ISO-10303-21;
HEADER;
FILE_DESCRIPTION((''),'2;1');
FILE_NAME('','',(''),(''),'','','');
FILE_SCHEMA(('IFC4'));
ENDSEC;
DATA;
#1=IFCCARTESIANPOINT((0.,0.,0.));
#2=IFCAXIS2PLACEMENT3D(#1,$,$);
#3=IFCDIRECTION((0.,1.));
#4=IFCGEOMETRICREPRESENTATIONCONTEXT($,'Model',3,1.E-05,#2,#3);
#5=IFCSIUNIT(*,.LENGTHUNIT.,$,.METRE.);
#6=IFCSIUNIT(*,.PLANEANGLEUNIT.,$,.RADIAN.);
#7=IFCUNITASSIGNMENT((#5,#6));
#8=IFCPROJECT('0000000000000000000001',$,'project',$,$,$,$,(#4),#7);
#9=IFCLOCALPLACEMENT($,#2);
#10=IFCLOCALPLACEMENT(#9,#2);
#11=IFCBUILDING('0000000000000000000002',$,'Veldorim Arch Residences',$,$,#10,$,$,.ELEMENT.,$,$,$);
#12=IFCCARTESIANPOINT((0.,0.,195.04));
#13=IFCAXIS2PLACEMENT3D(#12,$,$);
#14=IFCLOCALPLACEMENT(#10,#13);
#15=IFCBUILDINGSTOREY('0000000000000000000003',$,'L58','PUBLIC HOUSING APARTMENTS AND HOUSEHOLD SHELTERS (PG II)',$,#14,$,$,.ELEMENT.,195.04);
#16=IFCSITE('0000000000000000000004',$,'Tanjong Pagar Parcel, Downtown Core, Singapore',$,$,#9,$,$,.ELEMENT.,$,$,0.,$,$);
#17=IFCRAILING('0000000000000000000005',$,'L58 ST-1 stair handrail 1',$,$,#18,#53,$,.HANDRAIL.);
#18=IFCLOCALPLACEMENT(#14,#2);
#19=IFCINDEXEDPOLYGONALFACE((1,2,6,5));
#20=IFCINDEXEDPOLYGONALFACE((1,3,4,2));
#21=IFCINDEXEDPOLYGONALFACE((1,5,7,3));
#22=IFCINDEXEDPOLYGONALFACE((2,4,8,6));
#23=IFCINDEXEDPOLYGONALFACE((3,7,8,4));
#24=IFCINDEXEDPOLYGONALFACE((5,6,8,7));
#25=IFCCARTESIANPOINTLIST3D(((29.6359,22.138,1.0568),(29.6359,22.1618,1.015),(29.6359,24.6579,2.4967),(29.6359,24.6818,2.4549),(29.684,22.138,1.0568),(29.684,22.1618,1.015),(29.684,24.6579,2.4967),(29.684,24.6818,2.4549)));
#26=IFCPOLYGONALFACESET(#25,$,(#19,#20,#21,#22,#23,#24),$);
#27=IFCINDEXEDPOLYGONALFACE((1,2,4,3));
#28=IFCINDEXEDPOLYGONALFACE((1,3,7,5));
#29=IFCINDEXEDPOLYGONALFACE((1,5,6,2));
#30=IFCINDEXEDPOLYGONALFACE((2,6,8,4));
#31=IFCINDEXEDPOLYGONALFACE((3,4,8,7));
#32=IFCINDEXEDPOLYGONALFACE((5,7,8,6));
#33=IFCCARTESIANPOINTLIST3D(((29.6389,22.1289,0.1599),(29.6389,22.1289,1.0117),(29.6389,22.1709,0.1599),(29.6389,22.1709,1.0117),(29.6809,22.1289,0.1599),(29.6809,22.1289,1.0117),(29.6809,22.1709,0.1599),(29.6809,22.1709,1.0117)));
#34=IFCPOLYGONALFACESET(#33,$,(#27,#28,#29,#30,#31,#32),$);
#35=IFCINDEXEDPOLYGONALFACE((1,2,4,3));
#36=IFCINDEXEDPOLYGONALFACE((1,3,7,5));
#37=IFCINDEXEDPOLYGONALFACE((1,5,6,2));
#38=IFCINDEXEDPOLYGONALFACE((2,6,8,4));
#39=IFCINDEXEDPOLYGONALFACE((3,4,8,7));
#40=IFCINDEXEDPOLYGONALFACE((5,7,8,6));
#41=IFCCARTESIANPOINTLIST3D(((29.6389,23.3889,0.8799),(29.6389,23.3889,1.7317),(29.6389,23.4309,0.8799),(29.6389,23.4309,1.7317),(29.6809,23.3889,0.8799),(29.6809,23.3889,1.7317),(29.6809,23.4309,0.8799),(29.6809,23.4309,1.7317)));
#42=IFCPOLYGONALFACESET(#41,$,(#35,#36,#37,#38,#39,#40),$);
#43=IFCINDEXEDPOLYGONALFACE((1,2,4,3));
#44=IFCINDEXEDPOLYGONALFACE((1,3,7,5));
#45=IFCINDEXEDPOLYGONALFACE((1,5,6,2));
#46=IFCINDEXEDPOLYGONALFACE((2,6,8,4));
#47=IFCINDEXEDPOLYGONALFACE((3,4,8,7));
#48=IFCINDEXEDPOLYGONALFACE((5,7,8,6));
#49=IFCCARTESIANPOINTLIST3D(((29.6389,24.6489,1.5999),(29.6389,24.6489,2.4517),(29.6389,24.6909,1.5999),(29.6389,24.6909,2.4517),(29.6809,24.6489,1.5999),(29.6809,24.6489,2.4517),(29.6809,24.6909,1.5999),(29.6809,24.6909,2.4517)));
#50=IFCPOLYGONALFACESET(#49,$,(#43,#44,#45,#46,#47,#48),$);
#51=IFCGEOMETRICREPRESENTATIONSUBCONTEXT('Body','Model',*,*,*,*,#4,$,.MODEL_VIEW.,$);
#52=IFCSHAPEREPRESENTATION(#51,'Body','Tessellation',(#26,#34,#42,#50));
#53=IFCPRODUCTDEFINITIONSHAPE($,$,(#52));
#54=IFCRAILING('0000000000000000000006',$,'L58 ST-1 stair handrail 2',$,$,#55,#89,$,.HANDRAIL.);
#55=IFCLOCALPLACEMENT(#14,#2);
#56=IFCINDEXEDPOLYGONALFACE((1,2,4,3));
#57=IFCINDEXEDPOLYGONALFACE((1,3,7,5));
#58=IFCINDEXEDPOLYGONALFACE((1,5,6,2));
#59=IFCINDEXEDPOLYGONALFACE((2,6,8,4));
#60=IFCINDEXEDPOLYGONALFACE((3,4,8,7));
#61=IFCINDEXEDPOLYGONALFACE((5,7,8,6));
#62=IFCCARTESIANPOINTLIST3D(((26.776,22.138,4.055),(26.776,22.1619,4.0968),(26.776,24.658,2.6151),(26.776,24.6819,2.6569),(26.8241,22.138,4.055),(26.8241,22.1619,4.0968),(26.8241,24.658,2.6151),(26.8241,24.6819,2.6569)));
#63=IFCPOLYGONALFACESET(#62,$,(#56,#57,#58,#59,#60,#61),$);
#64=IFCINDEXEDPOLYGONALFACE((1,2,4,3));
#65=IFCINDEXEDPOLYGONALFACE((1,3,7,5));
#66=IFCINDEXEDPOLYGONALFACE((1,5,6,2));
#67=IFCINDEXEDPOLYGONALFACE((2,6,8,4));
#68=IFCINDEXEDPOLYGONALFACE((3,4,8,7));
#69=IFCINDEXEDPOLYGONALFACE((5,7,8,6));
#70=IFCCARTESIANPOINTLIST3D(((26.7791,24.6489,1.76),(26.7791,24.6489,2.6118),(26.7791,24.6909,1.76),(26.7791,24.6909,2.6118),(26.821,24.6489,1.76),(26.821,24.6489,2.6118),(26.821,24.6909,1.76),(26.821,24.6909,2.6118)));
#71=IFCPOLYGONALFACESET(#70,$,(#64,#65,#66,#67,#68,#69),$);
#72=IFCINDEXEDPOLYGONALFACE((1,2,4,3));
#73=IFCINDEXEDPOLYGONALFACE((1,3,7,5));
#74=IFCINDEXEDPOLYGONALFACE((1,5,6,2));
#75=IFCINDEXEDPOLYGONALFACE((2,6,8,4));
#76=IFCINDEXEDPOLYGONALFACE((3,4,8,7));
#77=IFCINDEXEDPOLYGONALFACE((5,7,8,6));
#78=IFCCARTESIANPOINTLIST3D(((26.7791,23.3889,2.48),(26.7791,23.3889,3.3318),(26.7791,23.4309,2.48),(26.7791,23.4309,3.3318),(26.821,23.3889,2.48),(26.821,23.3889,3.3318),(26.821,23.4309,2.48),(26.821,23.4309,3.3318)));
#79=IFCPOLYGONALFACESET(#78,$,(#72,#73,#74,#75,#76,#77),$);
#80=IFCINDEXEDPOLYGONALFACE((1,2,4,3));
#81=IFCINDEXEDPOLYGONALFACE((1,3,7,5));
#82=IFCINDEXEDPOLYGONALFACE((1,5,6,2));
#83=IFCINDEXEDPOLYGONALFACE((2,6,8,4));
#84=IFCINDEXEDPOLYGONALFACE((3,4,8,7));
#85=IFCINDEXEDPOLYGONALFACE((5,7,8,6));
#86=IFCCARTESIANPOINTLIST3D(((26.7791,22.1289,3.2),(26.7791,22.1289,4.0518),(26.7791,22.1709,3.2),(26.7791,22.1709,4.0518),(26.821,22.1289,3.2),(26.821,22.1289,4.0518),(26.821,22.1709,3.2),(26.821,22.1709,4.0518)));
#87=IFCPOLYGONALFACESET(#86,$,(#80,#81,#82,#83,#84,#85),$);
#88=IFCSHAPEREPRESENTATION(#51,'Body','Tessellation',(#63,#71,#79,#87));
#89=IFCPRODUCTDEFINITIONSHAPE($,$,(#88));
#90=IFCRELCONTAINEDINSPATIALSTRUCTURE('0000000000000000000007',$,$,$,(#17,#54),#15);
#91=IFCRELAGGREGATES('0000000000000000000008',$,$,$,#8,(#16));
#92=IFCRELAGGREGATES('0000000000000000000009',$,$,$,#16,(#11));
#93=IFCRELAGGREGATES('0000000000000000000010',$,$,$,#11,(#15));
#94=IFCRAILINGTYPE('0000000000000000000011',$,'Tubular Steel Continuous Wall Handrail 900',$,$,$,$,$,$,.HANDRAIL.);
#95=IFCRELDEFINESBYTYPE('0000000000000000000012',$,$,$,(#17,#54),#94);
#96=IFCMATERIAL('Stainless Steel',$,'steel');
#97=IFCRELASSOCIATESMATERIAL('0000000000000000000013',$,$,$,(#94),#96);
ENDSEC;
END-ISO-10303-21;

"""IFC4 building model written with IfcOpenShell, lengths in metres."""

from ifc_helpers import new_model, si_unit, direction, frame, origin, origin_2d, place, context, subcontext, project, spatial, rectangle, extrude, material, type_object, element, save


model = new_model("IFC4")

# Units and contexts
model_context = context("Model", 3, precision=1e-05, world=origin(), true_north=direction((0.0, 1.0)))
body_context = subcontext(model_context, "Body", "Model", "MODEL_VIEW")
ifc_project = project(units=[si_unit("LENGTHUNIT", "METRE"), si_unit("PLANEANGLEUNIT", "RADIAN")], contexts=[model_context])

# Site, building, storey
site_placement = place(None, origin())
site = spatial("IfcSite", under=ifc_project, at=site_placement, Name="Tanjong Pagar Parcel, Downtown Core, Singapore", CompositionType="ELEMENT", RefElevation=0.0)
building_placement = place(site_placement, origin())
building = spatial("IfcBuilding", under=site, at=building_placement, Name="Veldorim Arch Residences", CompositionType="ELEMENT")
storey_placement = place(building_placement, frame((0.0, 0.0, 195.04)))
storey = spatial("IfcBuildingStorey", under=building, at=storey_placement, Name="L58", Description="PUBLIC HOUSING APARTMENTS AND HOUSEHOLD SHELTERS (PG II)", CompositionType="ELEMENT", Elevation=195.04)

# Railings
ifc_material_1 = material(Name="Stainless Steel", Category="steel")
railing_type_1 = type_object("IfcRailingType", Name="Tubular Steel Continuous Wall Handrail 900", PredefinedType="HANDRAIL", material=ifc_material_1)
railing_1_placement = place(storey_placement, frame((29.6599, 22.1499, 0.1599)))
element("IfcRailing", 1, at=railing_1_placement, inside=storey, type_object=railing_type_1, Name="L58 ST-1 stair handrail 1", PredefinedType="HANDRAIL", context=body_context, shape_type="SweptSolid", body=[
    extrude(rectangle(XDim=0.0481, YDim=0.0481, at=origin_2d()), frame((0.0, 0.0, 0.876), z_axis=(0.0, 0.868253, 0.496121), x_axis=(-1.0, 0.0, 0.0)), (0.0, 0.0, 1.0), 2.9023),
    extrude(rectangle(XDim=0.042, YDim=0.042, at=origin_2d()), origin(), (0.0, 0.0, 1.0), 0.8518),
    extrude(rectangle(XDim=0.042, YDim=0.042, at=origin_2d()), frame((0.0, 1.26, 0.72)), (0.0, 0.0, 1.0), 0.8518),
    extrude(rectangle(XDim=0.042, YDim=0.042, at=origin_2d()), frame((0.0, 2.52, 1.4399)), (0.0, 0.0, 1.0), 0.8518),
])
railing_2_placement = place(storey_placement, frame((26.8, 24.6699, 1.76)))
element("IfcRailing", 2, at=railing_2_placement, inside=storey, type_object=railing_type_1, Name="L58 ST-1 stair handrail 2", PredefinedType="HANDRAIL", context=body_context, shape_type="SweptSolid", body=[
    extrude(rectangle(XDim=0.0481, YDim=0.0481, at=origin_2d()), frame((0.0, 0.0, 0.876), z_axis=(0.0, -0.868253, 0.496121), x_axis=(1.0, 0.0, 0.0)), (0.0, 0.0, 1.0), 2.9023),
    extrude(rectangle(XDim=0.042, YDim=0.042, at=origin_2d()), origin(), (0.0, 0.0, 1.0), 0.8518),
    extrude(rectangle(XDim=0.042, YDim=0.042, at=origin_2d()), frame((0.0, -1.26, 0.72)), (0.0, 0.0, 1.0), 0.8518),
    extrude(rectangle(XDim=0.042, YDim=0.042, at=origin_2d()), frame((0.0, -2.52, 1.4399)), (0.0, 0.0, 1.0), 0.8518),
])

save(model, "model.ifc")
